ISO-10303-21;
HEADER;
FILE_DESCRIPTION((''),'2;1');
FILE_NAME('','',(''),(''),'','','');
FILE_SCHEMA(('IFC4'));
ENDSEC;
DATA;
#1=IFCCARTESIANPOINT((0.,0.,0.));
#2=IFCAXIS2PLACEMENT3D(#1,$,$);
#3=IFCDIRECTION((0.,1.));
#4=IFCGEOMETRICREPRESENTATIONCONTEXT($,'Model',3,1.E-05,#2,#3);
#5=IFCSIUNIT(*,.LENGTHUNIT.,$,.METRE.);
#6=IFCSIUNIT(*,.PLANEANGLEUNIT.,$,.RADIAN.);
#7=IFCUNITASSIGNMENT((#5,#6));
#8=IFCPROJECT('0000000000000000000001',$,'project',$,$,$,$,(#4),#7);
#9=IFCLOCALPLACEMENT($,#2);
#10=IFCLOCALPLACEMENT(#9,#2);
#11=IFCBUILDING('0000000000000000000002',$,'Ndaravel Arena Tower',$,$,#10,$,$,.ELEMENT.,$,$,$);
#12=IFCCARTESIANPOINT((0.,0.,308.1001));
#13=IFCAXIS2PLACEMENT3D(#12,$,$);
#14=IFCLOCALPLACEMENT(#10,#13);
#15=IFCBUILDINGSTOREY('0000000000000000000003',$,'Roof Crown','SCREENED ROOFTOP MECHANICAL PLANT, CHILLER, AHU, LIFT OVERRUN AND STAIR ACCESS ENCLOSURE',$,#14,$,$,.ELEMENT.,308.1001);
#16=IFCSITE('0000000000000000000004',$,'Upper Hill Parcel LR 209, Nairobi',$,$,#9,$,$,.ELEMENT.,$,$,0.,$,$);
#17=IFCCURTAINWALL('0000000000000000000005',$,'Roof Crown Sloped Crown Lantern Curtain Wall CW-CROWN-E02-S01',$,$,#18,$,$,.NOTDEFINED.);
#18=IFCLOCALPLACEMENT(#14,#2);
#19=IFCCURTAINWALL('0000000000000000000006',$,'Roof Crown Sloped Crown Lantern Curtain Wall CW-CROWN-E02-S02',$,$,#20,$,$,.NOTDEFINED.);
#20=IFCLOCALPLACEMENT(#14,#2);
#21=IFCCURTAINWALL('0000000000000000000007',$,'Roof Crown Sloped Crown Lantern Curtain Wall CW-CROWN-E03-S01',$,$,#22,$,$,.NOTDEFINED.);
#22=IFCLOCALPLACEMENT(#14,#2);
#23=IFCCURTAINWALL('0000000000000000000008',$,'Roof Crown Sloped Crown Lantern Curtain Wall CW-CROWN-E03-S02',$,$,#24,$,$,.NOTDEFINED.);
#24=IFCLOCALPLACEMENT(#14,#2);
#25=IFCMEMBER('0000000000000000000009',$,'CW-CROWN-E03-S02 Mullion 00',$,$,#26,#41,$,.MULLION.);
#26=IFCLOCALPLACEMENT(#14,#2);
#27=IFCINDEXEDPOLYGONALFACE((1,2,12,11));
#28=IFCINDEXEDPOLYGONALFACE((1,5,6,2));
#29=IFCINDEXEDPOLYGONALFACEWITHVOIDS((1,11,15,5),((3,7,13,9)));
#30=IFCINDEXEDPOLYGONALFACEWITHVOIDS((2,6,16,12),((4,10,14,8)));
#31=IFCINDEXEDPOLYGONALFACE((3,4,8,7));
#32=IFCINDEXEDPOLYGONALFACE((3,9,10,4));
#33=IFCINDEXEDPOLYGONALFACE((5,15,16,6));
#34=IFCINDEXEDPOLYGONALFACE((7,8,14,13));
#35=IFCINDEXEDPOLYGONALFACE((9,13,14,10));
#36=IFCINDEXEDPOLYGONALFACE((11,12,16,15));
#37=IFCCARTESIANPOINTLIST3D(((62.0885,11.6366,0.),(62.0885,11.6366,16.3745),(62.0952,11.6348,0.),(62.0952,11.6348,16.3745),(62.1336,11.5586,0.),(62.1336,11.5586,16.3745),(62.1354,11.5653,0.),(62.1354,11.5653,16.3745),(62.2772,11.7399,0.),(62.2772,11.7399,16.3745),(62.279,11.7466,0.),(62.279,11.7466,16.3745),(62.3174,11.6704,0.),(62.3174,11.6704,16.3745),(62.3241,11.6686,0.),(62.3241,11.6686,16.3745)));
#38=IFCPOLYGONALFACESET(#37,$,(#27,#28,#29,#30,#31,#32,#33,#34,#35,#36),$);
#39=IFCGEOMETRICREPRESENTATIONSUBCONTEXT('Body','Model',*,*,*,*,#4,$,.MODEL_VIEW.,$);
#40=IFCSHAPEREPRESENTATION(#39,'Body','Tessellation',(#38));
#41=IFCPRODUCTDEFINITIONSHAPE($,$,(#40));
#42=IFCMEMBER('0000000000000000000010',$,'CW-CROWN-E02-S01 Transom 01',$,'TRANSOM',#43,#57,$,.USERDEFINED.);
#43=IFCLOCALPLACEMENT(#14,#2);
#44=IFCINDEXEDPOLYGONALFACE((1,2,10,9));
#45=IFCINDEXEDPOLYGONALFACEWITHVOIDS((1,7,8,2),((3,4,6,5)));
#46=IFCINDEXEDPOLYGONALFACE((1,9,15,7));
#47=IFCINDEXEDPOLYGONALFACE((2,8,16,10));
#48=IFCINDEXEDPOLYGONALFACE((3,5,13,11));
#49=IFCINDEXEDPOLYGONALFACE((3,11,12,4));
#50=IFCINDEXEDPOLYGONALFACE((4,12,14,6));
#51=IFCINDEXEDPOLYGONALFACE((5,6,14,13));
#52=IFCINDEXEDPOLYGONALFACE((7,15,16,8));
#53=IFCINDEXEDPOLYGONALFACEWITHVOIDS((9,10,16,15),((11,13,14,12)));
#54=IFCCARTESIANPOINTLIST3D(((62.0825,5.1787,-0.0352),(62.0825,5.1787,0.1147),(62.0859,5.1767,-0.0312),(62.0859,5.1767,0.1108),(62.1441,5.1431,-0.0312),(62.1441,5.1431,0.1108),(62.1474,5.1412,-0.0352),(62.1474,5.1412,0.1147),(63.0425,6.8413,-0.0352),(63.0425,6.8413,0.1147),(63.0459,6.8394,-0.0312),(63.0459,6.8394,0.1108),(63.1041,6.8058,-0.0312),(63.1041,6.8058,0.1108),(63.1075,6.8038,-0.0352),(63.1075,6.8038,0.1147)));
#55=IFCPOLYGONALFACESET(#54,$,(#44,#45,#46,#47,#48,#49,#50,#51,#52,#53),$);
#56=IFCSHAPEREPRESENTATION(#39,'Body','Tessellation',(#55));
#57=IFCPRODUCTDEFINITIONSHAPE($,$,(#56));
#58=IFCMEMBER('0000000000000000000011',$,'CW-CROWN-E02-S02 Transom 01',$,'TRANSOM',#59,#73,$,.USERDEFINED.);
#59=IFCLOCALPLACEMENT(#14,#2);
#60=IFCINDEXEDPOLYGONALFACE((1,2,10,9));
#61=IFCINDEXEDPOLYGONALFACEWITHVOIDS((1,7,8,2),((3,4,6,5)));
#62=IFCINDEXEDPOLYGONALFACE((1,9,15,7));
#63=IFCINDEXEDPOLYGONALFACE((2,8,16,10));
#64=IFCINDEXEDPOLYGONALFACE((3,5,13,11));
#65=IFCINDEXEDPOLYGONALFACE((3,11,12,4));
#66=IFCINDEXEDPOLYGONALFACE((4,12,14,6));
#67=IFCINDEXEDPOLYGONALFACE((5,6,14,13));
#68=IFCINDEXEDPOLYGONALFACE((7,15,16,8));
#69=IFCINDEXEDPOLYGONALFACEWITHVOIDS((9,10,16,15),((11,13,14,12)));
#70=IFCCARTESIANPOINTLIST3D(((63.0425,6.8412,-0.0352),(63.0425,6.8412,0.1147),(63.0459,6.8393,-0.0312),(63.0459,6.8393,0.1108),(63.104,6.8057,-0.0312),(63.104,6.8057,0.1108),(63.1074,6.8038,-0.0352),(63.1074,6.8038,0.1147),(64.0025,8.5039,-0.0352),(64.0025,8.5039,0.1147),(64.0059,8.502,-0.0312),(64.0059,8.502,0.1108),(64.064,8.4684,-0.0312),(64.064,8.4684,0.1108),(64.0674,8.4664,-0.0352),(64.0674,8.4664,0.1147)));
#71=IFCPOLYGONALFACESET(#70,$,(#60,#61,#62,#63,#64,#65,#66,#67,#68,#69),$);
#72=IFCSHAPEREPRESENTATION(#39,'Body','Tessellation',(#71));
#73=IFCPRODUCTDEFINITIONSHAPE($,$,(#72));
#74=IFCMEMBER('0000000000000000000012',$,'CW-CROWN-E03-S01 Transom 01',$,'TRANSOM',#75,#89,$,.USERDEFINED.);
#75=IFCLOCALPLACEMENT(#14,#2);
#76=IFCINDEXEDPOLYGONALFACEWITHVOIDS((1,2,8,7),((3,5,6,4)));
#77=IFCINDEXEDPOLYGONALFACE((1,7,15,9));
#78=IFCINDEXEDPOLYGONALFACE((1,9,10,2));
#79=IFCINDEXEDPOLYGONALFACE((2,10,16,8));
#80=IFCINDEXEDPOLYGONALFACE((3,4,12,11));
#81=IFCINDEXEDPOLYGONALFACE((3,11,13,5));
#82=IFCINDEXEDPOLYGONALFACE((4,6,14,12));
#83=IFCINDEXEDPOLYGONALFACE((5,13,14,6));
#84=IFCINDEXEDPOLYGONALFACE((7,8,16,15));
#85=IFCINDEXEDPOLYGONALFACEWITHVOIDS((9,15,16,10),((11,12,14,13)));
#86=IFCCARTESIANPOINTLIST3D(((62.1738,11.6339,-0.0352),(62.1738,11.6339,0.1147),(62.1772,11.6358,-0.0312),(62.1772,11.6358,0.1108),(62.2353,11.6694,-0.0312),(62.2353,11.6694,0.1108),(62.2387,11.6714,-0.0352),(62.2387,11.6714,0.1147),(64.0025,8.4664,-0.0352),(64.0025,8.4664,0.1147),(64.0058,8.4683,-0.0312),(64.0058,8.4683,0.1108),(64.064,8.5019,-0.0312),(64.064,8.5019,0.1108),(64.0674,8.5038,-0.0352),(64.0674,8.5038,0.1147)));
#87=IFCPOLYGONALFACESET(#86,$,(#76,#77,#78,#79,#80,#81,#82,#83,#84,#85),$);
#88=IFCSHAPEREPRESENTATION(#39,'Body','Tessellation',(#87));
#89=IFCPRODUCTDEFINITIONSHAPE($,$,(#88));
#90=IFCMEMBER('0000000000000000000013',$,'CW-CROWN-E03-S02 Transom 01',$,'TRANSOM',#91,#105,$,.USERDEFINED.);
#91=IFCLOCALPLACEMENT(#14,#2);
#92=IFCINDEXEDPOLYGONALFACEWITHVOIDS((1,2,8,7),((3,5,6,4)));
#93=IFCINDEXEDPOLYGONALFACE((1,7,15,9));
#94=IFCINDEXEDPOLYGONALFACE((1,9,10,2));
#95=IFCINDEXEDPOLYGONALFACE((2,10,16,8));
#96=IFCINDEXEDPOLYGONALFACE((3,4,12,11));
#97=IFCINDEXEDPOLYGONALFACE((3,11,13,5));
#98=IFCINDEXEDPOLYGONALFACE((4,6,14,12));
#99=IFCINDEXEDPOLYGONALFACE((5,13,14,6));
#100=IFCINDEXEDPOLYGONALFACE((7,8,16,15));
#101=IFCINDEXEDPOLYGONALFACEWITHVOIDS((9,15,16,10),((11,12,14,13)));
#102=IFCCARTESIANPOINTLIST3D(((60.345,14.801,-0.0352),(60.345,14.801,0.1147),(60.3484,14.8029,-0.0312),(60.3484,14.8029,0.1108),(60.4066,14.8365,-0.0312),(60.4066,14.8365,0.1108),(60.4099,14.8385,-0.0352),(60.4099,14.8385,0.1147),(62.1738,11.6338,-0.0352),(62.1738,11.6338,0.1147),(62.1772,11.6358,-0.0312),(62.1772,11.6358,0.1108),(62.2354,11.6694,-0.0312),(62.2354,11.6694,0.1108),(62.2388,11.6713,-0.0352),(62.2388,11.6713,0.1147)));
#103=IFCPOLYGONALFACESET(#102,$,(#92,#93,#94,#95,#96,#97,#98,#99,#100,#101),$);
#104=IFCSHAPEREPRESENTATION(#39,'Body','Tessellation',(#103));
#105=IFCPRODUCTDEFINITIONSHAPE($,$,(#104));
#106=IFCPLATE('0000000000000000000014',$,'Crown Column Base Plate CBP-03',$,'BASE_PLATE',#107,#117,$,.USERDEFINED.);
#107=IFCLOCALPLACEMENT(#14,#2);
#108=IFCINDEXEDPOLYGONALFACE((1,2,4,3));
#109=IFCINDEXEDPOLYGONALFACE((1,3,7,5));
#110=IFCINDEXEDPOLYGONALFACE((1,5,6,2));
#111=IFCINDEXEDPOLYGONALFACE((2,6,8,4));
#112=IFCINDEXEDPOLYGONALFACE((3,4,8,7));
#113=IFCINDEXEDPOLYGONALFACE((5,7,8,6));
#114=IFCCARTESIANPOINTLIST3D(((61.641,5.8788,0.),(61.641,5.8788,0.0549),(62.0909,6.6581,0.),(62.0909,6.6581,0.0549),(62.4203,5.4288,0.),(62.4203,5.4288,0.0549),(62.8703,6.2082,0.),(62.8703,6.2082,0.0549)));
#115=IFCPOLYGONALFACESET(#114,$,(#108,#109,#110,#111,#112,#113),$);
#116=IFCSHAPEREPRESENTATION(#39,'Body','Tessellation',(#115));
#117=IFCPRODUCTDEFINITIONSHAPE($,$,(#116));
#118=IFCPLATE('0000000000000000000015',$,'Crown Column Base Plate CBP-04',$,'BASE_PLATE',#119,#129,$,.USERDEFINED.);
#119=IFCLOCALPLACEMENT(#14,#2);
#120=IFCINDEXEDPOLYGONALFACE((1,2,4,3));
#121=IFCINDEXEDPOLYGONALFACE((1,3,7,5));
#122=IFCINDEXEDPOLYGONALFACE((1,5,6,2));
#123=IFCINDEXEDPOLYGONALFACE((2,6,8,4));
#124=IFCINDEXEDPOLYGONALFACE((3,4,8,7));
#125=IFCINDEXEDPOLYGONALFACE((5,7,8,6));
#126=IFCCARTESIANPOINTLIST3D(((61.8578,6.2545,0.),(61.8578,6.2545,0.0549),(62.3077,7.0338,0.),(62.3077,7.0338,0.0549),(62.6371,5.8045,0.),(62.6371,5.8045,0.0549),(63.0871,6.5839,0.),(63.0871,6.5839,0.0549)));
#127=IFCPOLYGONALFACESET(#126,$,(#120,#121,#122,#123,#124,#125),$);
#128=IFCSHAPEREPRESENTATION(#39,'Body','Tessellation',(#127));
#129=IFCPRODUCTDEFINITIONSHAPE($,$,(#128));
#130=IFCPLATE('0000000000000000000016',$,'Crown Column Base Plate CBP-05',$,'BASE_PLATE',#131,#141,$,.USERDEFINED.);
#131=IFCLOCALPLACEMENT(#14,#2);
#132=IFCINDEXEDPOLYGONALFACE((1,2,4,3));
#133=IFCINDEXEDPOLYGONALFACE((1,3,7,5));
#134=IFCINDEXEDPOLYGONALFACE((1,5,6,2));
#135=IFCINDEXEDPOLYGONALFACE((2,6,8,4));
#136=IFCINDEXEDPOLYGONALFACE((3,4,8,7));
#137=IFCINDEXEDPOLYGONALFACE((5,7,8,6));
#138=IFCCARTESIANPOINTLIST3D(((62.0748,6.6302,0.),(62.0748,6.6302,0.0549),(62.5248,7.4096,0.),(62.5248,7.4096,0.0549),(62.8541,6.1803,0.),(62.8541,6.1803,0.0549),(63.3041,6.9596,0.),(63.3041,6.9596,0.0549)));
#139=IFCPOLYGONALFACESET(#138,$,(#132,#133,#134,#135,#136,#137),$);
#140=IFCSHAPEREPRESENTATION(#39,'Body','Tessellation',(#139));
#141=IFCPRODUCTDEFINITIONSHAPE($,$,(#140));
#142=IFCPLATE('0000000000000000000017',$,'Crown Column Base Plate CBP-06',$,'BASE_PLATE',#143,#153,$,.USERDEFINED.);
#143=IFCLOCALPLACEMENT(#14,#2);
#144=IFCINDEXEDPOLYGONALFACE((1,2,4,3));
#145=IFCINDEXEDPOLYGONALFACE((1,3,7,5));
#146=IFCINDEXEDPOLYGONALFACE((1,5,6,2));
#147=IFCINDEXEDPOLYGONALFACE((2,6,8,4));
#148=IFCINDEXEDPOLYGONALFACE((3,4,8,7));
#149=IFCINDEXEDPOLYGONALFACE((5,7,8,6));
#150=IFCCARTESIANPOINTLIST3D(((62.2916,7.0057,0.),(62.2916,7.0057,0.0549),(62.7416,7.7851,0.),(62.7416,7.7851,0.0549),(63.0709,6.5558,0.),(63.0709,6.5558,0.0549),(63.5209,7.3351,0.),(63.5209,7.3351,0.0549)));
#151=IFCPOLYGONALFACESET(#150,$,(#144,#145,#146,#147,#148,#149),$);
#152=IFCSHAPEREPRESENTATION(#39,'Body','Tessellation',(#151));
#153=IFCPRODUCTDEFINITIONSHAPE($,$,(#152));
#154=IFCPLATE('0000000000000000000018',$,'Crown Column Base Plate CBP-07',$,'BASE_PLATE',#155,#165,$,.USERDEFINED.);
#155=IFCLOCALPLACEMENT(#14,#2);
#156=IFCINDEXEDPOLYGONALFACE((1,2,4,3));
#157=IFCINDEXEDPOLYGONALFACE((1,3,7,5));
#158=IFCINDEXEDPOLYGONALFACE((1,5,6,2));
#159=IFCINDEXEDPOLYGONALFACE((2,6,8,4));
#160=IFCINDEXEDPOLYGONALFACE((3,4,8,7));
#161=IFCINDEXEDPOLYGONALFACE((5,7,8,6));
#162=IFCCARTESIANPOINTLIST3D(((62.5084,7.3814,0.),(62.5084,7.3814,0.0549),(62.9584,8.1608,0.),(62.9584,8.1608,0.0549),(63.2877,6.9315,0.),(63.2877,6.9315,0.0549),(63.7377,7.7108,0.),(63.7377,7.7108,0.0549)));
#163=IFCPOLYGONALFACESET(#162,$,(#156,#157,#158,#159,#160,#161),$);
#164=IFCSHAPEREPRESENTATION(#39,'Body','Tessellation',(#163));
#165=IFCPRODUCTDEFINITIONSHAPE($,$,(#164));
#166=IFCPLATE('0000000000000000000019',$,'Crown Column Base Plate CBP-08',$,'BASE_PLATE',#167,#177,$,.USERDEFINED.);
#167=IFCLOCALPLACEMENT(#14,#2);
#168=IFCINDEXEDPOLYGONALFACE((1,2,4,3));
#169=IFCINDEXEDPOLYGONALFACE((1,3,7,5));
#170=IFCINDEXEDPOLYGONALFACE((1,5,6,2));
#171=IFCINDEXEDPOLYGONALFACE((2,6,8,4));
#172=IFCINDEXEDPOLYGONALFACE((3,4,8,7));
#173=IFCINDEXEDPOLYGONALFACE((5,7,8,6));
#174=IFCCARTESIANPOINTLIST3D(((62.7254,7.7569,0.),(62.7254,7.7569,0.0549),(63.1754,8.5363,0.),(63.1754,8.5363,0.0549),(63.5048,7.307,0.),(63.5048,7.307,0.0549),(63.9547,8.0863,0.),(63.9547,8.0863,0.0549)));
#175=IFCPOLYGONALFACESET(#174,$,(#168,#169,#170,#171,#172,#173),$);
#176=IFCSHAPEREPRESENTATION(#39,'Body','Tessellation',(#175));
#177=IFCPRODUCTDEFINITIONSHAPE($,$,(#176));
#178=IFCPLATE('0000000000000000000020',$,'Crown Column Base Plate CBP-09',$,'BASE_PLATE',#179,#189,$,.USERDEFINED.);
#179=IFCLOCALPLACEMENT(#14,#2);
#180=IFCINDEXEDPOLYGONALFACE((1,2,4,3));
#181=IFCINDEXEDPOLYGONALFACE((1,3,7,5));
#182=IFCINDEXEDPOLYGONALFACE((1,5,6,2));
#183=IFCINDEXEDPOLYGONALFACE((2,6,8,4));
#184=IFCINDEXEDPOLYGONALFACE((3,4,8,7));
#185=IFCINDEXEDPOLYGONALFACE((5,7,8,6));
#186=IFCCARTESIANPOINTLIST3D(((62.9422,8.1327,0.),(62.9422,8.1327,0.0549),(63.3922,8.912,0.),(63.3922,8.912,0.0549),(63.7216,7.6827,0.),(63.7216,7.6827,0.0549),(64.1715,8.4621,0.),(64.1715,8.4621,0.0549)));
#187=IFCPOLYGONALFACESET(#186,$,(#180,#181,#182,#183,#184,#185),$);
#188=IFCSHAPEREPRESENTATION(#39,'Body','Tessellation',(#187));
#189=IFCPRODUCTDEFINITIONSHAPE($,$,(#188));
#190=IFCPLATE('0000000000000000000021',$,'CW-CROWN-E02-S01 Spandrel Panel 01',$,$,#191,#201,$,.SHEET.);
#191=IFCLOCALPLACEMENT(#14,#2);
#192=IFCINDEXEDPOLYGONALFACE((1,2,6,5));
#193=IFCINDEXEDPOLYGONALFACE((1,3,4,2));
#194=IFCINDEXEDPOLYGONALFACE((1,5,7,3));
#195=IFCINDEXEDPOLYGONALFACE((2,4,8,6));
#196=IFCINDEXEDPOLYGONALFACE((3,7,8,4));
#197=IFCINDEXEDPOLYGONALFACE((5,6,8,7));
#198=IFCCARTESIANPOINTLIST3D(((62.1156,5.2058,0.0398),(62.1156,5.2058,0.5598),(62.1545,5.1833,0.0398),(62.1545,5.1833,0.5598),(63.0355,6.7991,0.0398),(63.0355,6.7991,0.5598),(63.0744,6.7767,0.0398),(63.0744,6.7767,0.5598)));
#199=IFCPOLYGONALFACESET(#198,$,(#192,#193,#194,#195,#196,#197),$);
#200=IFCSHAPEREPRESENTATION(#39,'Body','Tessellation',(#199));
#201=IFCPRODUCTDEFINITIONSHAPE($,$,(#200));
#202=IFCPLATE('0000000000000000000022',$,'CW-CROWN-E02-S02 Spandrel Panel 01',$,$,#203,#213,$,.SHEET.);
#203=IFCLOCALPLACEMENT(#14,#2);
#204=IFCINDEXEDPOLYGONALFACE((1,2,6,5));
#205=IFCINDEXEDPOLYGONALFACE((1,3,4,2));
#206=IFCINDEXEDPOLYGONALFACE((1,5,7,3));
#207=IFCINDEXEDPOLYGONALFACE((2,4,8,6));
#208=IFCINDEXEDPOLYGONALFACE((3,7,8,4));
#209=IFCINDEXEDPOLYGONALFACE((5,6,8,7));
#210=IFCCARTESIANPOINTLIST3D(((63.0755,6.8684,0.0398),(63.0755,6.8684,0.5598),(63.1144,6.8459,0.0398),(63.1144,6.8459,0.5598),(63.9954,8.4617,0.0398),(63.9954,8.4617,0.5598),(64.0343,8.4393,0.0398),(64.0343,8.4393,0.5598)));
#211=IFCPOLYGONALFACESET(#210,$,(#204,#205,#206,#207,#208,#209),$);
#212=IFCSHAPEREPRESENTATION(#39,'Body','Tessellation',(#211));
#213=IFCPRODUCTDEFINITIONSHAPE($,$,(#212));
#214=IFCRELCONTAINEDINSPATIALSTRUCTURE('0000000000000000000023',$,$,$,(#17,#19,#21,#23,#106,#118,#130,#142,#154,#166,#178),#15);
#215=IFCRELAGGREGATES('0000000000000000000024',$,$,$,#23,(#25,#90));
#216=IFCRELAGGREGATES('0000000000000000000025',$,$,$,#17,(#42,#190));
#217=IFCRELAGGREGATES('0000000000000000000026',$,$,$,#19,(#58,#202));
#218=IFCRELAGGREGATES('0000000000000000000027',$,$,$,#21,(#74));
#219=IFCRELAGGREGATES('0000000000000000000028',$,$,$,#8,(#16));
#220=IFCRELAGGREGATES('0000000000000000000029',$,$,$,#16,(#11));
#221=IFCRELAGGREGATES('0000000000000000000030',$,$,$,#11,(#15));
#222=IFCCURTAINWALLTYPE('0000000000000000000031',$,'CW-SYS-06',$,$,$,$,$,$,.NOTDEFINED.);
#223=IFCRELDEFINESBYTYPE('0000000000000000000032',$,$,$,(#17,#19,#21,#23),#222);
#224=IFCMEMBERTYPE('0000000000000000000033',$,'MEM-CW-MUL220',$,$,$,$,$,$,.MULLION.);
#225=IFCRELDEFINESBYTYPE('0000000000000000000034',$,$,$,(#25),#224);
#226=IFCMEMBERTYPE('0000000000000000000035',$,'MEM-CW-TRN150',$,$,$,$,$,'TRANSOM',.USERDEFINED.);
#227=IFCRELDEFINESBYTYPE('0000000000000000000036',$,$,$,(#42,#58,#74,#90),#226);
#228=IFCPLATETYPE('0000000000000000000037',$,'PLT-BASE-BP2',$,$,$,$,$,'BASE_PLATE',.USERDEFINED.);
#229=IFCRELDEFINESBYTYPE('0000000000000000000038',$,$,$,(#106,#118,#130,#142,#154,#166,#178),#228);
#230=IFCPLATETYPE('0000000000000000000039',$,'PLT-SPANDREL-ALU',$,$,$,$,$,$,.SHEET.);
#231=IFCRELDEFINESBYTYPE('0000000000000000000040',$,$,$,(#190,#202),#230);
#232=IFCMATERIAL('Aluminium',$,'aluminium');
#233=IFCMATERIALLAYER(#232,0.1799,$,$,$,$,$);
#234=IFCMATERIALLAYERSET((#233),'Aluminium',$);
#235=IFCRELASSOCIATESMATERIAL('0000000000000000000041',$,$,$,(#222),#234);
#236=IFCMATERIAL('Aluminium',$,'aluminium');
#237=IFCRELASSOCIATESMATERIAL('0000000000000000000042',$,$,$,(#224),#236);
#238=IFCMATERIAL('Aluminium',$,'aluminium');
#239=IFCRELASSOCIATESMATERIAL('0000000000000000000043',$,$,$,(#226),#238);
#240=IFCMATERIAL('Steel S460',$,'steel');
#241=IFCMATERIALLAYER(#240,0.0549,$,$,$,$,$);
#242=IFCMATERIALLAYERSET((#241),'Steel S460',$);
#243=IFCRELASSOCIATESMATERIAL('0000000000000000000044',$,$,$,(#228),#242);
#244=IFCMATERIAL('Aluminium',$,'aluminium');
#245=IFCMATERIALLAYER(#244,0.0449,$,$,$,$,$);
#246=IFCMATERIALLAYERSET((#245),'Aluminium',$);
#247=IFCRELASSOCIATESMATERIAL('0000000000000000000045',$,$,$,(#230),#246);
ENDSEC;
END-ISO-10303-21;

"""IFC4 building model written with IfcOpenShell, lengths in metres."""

from ifc_helpers import new_model, si_unit, direction, frame, origin, origin_2d, place, context, subcontext, project, spatial, rectangle, hollow_rectangle, extrude, material, layer, layer_set, material_profile, profile_set, type_object, element, aggregate, save


model = new_model("IFC4")

# Units and contexts
model_context = context("Model", 3, precision=1e-05, world=origin(), true_north=direction((0.0, 1.0)))
body_context = subcontext(model_context, "Body", "Model", "MODEL_VIEW")
ifc_project = project(units=[si_unit("LENGTHUNIT", "METRE"), si_unit("PLANEANGLEUNIT", "RADIAN")], contexts=[model_context])

# Site, building, storey
site_placement = place(None, origin())
site = spatial("IfcSite", under=ifc_project, at=site_placement, Name="Upper Hill Parcel LR 209, Nairobi", CompositionType="ELEMENT", RefElevation=0.0)
building_placement = place(site_placement, origin())
building = spatial("IfcBuilding", under=site, at=building_placement, Name="Ndaravel Arena Tower", CompositionType="ELEMENT")
storey_placement = place(building_placement, frame((0.0, 0.0, 308.1001)))
storey = spatial("IfcBuildingStorey", under=building, at=storey_placement, Name="Roof Crown", Description="SCREENED ROOFTOP MECHANICAL PLANT, CHILLER, AHU, LIFT OVERRUN AND STAIR ACCESS ENCLOSURE", CompositionType="ELEMENT", Elevation=308.1001)

# Curtain walls, member
ifc_material_1 = material(Name="Aluminium", Category="aluminium")
ifc_layer_1 = layer(ifc_material_1, 0.1799)
ifc_layer_set_1 = layer_set([ifc_layer_1], Name="Aluminium")
curtain_wall_type = type_object("IfcCurtainWallType", Name="CW-SYS-06", PredefinedType="NOTDEFINED", material=ifc_layer_set_1)
curtain_wall_1_placement = place(storey_placement, origin())
curtain_wall_1 = element("IfcCurtainWall", 1, at=curtain_wall_1_placement, inside=storey, type_object=curtain_wall_type, Name="Roof Crown Sloped Crown Lantern Curtain Wall CW-CROWN-E02-S01", PredefinedType="NOTDEFINED")
ifc_material_2 = material(Name="Aluminium", Category="aluminium")
ifc_material_profile_1 = material_profile(ifc_material_2, hollow_rectangle(XDim=0.0901, YDim=0.22, WallThickness=0.0049, at=origin_2d()), Name="CW MULLION 90x220x5")
ifc_profile_set_1 = profile_set([ifc_material_profile_1], Name="Aluminium")
member_type_1 = type_object("IfcMemberType", Name="MEM-CW-MUL220", PredefinedType="MULLION", material=ifc_profile_set_1)
curtain_wall_2_placement = place(storey_placement, origin())
curtain_wall_2 = element("IfcCurtainWall", 2, at=curtain_wall_2_placement, inside=storey, type_object=curtain_wall_type, Name="Roof Crown Sloped Crown Lantern Curtain Wall CW-CROWN-E02-S02", PredefinedType="NOTDEFINED")
curtain_wall_3_placement = place(storey_placement, origin())
curtain_wall_3 = element("IfcCurtainWall", 3, at=curtain_wall_3_placement, inside=storey, type_object=curtain_wall_type, Name="Roof Crown Sloped Crown Lantern Curtain Wall CW-CROWN-E03-S01", PredefinedType="NOTDEFINED")
curtain_wall_4_placement = place(storey_placement, origin())
curtain_wall_4 = element("IfcCurtainWall", 4, at=curtain_wall_4_placement, inside=storey, type_object=curtain_wall_type, Name="Roof Crown Sloped Crown Lantern Curtain Wall CW-CROWN-E03-S02", PredefinedType="NOTDEFINED")
member_1_placement = place(storey_placement, frame((62.2063, 11.6526, 0.0), z_axis=(0.0, 0.0, 1.0), x_axis=(-0.500015, 0.866017, 0.0)))
member_1 = element("IfcMember", 5, at=member_1_placement, type_object=member_type_1, Name="CW-CROWN-E03-S02 Mullion 00", PredefinedType="MULLION", context=body_context, shape_type="SweptSolid", body=[
    extrude(hollow_rectangle(XDim=0.0901, YDim=0.22, WallThickness=0.0049, at=origin_2d()), origin(), (0.0, 0.0, 1.0), 16.3745),
])

# Members
ifc_material_3 = material(Name="Aluminium", Category="aluminium")
ifc_material_profile_2 = material_profile(ifc_material_3, hollow_rectangle(XDim=0.075, YDim=0.1499, WallThickness=0.0039, at=origin_2d()), Name="CW TRANSOM 75x150x4")
ifc_profile_set_2 = profile_set([ifc_material_profile_2], Name="Aluminium")
member_type_2 = type_object("IfcMemberType", Name="MEM-CW-TRN150", ElementType="TRANSOM", PredefinedType="USERDEFINED", material=ifc_profile_set_2)
member_2_placement = place(storey_placement, frame((62.115, 5.1599, 0.0398), z_axis=(0.500023, 0.866012, 0.0), x_axis=(-0.866012, 0.500023, 0.0)))
member_2 = element("IfcMember", 6, at=member_2_placement, type_object=member_type_2, Name="CW-CROWN-E02-S01 Transom 01", ObjectType="TRANSOM", PredefinedType="USERDEFINED", context=body_context, shape_type="SweptSolid", body=[
    extrude(hollow_rectangle(XDim=0.075, YDim=0.1499, WallThickness=0.0039, at=origin_2d()), origin(), (0.0, 0.0, 1.0), 1.9199),
])
member_3_placement = place(storey_placement, frame((63.075, 6.8225, 0.0398), z_axis=(0.500023, 0.866012, 0.0), x_axis=(-0.866012, 0.500023, 0.0)))
member_3 = element("IfcMember", 7, at=member_3_placement, type_object=member_type_2, Name="CW-CROWN-E02-S02 Transom 01", ObjectType="TRANSOM", PredefinedType="USERDEFINED", context=body_context, shape_type="SweptSolid", body=[
    extrude(hollow_rectangle(XDim=0.075, YDim=0.1499, WallThickness=0.0039, at=origin_2d()), origin(), (0.0, 0.0, 1.0), 1.9199),
])
member_4_placement = place(storey_placement, frame((64.0349, 8.4851, 0.0398), z_axis=(-0.499973, 0.866041, 0.0), x_axis=(-0.866041, -0.499973, 0.0)))
member_4 = element("IfcMember", 8, at=member_4_placement, type_object=member_type_2, Name="CW-CROWN-E03-S01 Transom 01", ObjectType="TRANSOM", PredefinedType="USERDEFINED", context=body_context, shape_type="SweptSolid", body=[
    extrude(hollow_rectangle(XDim=0.075, YDim=0.1499, WallThickness=0.0039, at=origin_2d()), origin(), (0.0, 0.0, 1.0), 3.6575),
])
member_5_placement = place(storey_placement, frame((62.2063, 11.6526, 0.0398), z_axis=(-0.500052, 0.865995, 0.0), x_axis=(-0.865995, -0.500052, 0.0)))
member_5 = element("IfcMember", 9, at=member_5_placement, type_object=member_type_2, Name="CW-CROWN-E03-S02 Transom 01", ObjectType="TRANSOM", PredefinedType="USERDEFINED", context=body_context, shape_type="SweptSolid", body=[
    extrude(hollow_rectangle(XDim=0.075, YDim=0.1499, WallThickness=0.0039, at=origin_2d()), origin(), (0.0, 0.0, 1.0), 3.6572),
])
aggregate(curtain_wall_4, [member_1, member_5])

# Plates
ifc_material_4 = material(Name="Steel S460", Category="steel")
ifc_layer_2 = layer(ifc_material_4, 0.0549)
ifc_layer_set_2 = layer_set([ifc_layer_2], Name="Steel S460")
plate_type_1 = type_object("IfcPlateType", Name="PLT-BASE-BP2", ElementType="BASE_PLATE", PredefinedType="USERDEFINED", material=ifc_layer_set_2)
for number, where, z_axis, x_axis, name in (
    (10, (62.2556, 6.0435, 0.0), (0.0, 0.0, 1.0), (0.5, 0.866025, 0.0), "Crown Column Base Plate CBP-03"),
    (11, (62.4724, 6.4192, 0.0), (0.0, 0.0, 1.0), (0.5, 0.866025, 0.0), "Crown Column Base Plate CBP-04"),
    (12, (62.6895, 6.7949, 0.0), (0.0, 0.0, 1.0), (0.5, 0.866025, 0.0), "Crown Column Base Plate CBP-05"),
    (13, (62.9062, 7.1704, 0.0), (0.0, 0.0, 1.0), (0.5, 0.866025, 0.0), "Crown Column Base Plate CBP-06"),
    (14, (63.123, 7.5461, 0.0), (0.0, 0.0, 1.0), (0.5, 0.866025, 0.0), "Crown Column Base Plate CBP-07"),
    (15, (63.3401, 7.9216, 0.0), (0.0, 0.0, 1.0), (0.5, 0.866025, 0.0), "Crown Column Base Plate CBP-08"),
    (16, (63.5569, 8.2974, 0.0), (0.0, 0.0, 1.0), (0.5, 0.866025, 0.0), "Crown Column Base Plate CBP-09"),
):
    element("IfcPlate", number, at=place(storey_placement, frame(where, z_axis=z_axis, x_axis=x_axis)), inside=storey, type_object=plate_type_1, Name=name, ObjectType="BASE_PLATE", PredefinedType="USERDEFINED", context=body_context, shape_type="SweptSolid", body=[
        extrude(rectangle(XDim=0.8999, YDim=0.8999, at=origin_2d()), origin(), (0.0, 0.0, 1.0), 0.0549),
    ])

# Plates
ifc_material_5 = material(Name="Aluminium", Category="aluminium")
ifc_layer_3 = layer(ifc_material_5, 0.0449)
ifc_layer_set_3 = layer_set([ifc_layer_3], Name="Aluminium")
plate_type_2 = type_object("IfcPlateType", Name="PLT-SPANDREL-ALU", PredefinedType="SHEET", material=ifc_layer_set_3)
plate_1_placement = place(storey_placement, frame((62.595, 5.9912, 0.0398), z_axis=(0.0, 0.0, 1.0), x_axis=(0.5, 0.866025, 0.0)))
plate_1 = element("IfcPlate", 17, at=plate_1_placement, type_object=plate_type_2, Name="CW-CROWN-E02-S01 Spandrel Panel 01", PredefinedType="SHEET", context=body_context, shape_type="SweptSolid", body=[
    extrude(rectangle(XDim=1.8398, YDim=0.0449, at=origin_2d()), origin(), (0.0, 0.0, 1.0), 0.52),
])
aggregate(curtain_wall_1, [member_2, plate_1])
plate_2_placement = place(storey_placement, frame((63.5549, 7.6538, 0.0398), z_axis=(0.0, 0.0, 1.0), x_axis=(0.5, 0.866025, 0.0)))
plate_2 = element("IfcPlate", 18, at=plate_2_placement, type_object=plate_type_2, Name="CW-CROWN-E02-S02 Spandrel Panel 01", PredefinedType="SHEET", context=body_context, shape_type="SweptSolid", body=[
    extrude(rectangle(XDim=1.8398, YDim=0.0449, at=origin_2d()), origin(), (0.0, 0.0, 1.0), 0.52),
])
aggregate(curtain_wall_2, [member_3, plate_2])
aggregate(curtain_wall_3, [member_4])

save(model, "model.ifc")
